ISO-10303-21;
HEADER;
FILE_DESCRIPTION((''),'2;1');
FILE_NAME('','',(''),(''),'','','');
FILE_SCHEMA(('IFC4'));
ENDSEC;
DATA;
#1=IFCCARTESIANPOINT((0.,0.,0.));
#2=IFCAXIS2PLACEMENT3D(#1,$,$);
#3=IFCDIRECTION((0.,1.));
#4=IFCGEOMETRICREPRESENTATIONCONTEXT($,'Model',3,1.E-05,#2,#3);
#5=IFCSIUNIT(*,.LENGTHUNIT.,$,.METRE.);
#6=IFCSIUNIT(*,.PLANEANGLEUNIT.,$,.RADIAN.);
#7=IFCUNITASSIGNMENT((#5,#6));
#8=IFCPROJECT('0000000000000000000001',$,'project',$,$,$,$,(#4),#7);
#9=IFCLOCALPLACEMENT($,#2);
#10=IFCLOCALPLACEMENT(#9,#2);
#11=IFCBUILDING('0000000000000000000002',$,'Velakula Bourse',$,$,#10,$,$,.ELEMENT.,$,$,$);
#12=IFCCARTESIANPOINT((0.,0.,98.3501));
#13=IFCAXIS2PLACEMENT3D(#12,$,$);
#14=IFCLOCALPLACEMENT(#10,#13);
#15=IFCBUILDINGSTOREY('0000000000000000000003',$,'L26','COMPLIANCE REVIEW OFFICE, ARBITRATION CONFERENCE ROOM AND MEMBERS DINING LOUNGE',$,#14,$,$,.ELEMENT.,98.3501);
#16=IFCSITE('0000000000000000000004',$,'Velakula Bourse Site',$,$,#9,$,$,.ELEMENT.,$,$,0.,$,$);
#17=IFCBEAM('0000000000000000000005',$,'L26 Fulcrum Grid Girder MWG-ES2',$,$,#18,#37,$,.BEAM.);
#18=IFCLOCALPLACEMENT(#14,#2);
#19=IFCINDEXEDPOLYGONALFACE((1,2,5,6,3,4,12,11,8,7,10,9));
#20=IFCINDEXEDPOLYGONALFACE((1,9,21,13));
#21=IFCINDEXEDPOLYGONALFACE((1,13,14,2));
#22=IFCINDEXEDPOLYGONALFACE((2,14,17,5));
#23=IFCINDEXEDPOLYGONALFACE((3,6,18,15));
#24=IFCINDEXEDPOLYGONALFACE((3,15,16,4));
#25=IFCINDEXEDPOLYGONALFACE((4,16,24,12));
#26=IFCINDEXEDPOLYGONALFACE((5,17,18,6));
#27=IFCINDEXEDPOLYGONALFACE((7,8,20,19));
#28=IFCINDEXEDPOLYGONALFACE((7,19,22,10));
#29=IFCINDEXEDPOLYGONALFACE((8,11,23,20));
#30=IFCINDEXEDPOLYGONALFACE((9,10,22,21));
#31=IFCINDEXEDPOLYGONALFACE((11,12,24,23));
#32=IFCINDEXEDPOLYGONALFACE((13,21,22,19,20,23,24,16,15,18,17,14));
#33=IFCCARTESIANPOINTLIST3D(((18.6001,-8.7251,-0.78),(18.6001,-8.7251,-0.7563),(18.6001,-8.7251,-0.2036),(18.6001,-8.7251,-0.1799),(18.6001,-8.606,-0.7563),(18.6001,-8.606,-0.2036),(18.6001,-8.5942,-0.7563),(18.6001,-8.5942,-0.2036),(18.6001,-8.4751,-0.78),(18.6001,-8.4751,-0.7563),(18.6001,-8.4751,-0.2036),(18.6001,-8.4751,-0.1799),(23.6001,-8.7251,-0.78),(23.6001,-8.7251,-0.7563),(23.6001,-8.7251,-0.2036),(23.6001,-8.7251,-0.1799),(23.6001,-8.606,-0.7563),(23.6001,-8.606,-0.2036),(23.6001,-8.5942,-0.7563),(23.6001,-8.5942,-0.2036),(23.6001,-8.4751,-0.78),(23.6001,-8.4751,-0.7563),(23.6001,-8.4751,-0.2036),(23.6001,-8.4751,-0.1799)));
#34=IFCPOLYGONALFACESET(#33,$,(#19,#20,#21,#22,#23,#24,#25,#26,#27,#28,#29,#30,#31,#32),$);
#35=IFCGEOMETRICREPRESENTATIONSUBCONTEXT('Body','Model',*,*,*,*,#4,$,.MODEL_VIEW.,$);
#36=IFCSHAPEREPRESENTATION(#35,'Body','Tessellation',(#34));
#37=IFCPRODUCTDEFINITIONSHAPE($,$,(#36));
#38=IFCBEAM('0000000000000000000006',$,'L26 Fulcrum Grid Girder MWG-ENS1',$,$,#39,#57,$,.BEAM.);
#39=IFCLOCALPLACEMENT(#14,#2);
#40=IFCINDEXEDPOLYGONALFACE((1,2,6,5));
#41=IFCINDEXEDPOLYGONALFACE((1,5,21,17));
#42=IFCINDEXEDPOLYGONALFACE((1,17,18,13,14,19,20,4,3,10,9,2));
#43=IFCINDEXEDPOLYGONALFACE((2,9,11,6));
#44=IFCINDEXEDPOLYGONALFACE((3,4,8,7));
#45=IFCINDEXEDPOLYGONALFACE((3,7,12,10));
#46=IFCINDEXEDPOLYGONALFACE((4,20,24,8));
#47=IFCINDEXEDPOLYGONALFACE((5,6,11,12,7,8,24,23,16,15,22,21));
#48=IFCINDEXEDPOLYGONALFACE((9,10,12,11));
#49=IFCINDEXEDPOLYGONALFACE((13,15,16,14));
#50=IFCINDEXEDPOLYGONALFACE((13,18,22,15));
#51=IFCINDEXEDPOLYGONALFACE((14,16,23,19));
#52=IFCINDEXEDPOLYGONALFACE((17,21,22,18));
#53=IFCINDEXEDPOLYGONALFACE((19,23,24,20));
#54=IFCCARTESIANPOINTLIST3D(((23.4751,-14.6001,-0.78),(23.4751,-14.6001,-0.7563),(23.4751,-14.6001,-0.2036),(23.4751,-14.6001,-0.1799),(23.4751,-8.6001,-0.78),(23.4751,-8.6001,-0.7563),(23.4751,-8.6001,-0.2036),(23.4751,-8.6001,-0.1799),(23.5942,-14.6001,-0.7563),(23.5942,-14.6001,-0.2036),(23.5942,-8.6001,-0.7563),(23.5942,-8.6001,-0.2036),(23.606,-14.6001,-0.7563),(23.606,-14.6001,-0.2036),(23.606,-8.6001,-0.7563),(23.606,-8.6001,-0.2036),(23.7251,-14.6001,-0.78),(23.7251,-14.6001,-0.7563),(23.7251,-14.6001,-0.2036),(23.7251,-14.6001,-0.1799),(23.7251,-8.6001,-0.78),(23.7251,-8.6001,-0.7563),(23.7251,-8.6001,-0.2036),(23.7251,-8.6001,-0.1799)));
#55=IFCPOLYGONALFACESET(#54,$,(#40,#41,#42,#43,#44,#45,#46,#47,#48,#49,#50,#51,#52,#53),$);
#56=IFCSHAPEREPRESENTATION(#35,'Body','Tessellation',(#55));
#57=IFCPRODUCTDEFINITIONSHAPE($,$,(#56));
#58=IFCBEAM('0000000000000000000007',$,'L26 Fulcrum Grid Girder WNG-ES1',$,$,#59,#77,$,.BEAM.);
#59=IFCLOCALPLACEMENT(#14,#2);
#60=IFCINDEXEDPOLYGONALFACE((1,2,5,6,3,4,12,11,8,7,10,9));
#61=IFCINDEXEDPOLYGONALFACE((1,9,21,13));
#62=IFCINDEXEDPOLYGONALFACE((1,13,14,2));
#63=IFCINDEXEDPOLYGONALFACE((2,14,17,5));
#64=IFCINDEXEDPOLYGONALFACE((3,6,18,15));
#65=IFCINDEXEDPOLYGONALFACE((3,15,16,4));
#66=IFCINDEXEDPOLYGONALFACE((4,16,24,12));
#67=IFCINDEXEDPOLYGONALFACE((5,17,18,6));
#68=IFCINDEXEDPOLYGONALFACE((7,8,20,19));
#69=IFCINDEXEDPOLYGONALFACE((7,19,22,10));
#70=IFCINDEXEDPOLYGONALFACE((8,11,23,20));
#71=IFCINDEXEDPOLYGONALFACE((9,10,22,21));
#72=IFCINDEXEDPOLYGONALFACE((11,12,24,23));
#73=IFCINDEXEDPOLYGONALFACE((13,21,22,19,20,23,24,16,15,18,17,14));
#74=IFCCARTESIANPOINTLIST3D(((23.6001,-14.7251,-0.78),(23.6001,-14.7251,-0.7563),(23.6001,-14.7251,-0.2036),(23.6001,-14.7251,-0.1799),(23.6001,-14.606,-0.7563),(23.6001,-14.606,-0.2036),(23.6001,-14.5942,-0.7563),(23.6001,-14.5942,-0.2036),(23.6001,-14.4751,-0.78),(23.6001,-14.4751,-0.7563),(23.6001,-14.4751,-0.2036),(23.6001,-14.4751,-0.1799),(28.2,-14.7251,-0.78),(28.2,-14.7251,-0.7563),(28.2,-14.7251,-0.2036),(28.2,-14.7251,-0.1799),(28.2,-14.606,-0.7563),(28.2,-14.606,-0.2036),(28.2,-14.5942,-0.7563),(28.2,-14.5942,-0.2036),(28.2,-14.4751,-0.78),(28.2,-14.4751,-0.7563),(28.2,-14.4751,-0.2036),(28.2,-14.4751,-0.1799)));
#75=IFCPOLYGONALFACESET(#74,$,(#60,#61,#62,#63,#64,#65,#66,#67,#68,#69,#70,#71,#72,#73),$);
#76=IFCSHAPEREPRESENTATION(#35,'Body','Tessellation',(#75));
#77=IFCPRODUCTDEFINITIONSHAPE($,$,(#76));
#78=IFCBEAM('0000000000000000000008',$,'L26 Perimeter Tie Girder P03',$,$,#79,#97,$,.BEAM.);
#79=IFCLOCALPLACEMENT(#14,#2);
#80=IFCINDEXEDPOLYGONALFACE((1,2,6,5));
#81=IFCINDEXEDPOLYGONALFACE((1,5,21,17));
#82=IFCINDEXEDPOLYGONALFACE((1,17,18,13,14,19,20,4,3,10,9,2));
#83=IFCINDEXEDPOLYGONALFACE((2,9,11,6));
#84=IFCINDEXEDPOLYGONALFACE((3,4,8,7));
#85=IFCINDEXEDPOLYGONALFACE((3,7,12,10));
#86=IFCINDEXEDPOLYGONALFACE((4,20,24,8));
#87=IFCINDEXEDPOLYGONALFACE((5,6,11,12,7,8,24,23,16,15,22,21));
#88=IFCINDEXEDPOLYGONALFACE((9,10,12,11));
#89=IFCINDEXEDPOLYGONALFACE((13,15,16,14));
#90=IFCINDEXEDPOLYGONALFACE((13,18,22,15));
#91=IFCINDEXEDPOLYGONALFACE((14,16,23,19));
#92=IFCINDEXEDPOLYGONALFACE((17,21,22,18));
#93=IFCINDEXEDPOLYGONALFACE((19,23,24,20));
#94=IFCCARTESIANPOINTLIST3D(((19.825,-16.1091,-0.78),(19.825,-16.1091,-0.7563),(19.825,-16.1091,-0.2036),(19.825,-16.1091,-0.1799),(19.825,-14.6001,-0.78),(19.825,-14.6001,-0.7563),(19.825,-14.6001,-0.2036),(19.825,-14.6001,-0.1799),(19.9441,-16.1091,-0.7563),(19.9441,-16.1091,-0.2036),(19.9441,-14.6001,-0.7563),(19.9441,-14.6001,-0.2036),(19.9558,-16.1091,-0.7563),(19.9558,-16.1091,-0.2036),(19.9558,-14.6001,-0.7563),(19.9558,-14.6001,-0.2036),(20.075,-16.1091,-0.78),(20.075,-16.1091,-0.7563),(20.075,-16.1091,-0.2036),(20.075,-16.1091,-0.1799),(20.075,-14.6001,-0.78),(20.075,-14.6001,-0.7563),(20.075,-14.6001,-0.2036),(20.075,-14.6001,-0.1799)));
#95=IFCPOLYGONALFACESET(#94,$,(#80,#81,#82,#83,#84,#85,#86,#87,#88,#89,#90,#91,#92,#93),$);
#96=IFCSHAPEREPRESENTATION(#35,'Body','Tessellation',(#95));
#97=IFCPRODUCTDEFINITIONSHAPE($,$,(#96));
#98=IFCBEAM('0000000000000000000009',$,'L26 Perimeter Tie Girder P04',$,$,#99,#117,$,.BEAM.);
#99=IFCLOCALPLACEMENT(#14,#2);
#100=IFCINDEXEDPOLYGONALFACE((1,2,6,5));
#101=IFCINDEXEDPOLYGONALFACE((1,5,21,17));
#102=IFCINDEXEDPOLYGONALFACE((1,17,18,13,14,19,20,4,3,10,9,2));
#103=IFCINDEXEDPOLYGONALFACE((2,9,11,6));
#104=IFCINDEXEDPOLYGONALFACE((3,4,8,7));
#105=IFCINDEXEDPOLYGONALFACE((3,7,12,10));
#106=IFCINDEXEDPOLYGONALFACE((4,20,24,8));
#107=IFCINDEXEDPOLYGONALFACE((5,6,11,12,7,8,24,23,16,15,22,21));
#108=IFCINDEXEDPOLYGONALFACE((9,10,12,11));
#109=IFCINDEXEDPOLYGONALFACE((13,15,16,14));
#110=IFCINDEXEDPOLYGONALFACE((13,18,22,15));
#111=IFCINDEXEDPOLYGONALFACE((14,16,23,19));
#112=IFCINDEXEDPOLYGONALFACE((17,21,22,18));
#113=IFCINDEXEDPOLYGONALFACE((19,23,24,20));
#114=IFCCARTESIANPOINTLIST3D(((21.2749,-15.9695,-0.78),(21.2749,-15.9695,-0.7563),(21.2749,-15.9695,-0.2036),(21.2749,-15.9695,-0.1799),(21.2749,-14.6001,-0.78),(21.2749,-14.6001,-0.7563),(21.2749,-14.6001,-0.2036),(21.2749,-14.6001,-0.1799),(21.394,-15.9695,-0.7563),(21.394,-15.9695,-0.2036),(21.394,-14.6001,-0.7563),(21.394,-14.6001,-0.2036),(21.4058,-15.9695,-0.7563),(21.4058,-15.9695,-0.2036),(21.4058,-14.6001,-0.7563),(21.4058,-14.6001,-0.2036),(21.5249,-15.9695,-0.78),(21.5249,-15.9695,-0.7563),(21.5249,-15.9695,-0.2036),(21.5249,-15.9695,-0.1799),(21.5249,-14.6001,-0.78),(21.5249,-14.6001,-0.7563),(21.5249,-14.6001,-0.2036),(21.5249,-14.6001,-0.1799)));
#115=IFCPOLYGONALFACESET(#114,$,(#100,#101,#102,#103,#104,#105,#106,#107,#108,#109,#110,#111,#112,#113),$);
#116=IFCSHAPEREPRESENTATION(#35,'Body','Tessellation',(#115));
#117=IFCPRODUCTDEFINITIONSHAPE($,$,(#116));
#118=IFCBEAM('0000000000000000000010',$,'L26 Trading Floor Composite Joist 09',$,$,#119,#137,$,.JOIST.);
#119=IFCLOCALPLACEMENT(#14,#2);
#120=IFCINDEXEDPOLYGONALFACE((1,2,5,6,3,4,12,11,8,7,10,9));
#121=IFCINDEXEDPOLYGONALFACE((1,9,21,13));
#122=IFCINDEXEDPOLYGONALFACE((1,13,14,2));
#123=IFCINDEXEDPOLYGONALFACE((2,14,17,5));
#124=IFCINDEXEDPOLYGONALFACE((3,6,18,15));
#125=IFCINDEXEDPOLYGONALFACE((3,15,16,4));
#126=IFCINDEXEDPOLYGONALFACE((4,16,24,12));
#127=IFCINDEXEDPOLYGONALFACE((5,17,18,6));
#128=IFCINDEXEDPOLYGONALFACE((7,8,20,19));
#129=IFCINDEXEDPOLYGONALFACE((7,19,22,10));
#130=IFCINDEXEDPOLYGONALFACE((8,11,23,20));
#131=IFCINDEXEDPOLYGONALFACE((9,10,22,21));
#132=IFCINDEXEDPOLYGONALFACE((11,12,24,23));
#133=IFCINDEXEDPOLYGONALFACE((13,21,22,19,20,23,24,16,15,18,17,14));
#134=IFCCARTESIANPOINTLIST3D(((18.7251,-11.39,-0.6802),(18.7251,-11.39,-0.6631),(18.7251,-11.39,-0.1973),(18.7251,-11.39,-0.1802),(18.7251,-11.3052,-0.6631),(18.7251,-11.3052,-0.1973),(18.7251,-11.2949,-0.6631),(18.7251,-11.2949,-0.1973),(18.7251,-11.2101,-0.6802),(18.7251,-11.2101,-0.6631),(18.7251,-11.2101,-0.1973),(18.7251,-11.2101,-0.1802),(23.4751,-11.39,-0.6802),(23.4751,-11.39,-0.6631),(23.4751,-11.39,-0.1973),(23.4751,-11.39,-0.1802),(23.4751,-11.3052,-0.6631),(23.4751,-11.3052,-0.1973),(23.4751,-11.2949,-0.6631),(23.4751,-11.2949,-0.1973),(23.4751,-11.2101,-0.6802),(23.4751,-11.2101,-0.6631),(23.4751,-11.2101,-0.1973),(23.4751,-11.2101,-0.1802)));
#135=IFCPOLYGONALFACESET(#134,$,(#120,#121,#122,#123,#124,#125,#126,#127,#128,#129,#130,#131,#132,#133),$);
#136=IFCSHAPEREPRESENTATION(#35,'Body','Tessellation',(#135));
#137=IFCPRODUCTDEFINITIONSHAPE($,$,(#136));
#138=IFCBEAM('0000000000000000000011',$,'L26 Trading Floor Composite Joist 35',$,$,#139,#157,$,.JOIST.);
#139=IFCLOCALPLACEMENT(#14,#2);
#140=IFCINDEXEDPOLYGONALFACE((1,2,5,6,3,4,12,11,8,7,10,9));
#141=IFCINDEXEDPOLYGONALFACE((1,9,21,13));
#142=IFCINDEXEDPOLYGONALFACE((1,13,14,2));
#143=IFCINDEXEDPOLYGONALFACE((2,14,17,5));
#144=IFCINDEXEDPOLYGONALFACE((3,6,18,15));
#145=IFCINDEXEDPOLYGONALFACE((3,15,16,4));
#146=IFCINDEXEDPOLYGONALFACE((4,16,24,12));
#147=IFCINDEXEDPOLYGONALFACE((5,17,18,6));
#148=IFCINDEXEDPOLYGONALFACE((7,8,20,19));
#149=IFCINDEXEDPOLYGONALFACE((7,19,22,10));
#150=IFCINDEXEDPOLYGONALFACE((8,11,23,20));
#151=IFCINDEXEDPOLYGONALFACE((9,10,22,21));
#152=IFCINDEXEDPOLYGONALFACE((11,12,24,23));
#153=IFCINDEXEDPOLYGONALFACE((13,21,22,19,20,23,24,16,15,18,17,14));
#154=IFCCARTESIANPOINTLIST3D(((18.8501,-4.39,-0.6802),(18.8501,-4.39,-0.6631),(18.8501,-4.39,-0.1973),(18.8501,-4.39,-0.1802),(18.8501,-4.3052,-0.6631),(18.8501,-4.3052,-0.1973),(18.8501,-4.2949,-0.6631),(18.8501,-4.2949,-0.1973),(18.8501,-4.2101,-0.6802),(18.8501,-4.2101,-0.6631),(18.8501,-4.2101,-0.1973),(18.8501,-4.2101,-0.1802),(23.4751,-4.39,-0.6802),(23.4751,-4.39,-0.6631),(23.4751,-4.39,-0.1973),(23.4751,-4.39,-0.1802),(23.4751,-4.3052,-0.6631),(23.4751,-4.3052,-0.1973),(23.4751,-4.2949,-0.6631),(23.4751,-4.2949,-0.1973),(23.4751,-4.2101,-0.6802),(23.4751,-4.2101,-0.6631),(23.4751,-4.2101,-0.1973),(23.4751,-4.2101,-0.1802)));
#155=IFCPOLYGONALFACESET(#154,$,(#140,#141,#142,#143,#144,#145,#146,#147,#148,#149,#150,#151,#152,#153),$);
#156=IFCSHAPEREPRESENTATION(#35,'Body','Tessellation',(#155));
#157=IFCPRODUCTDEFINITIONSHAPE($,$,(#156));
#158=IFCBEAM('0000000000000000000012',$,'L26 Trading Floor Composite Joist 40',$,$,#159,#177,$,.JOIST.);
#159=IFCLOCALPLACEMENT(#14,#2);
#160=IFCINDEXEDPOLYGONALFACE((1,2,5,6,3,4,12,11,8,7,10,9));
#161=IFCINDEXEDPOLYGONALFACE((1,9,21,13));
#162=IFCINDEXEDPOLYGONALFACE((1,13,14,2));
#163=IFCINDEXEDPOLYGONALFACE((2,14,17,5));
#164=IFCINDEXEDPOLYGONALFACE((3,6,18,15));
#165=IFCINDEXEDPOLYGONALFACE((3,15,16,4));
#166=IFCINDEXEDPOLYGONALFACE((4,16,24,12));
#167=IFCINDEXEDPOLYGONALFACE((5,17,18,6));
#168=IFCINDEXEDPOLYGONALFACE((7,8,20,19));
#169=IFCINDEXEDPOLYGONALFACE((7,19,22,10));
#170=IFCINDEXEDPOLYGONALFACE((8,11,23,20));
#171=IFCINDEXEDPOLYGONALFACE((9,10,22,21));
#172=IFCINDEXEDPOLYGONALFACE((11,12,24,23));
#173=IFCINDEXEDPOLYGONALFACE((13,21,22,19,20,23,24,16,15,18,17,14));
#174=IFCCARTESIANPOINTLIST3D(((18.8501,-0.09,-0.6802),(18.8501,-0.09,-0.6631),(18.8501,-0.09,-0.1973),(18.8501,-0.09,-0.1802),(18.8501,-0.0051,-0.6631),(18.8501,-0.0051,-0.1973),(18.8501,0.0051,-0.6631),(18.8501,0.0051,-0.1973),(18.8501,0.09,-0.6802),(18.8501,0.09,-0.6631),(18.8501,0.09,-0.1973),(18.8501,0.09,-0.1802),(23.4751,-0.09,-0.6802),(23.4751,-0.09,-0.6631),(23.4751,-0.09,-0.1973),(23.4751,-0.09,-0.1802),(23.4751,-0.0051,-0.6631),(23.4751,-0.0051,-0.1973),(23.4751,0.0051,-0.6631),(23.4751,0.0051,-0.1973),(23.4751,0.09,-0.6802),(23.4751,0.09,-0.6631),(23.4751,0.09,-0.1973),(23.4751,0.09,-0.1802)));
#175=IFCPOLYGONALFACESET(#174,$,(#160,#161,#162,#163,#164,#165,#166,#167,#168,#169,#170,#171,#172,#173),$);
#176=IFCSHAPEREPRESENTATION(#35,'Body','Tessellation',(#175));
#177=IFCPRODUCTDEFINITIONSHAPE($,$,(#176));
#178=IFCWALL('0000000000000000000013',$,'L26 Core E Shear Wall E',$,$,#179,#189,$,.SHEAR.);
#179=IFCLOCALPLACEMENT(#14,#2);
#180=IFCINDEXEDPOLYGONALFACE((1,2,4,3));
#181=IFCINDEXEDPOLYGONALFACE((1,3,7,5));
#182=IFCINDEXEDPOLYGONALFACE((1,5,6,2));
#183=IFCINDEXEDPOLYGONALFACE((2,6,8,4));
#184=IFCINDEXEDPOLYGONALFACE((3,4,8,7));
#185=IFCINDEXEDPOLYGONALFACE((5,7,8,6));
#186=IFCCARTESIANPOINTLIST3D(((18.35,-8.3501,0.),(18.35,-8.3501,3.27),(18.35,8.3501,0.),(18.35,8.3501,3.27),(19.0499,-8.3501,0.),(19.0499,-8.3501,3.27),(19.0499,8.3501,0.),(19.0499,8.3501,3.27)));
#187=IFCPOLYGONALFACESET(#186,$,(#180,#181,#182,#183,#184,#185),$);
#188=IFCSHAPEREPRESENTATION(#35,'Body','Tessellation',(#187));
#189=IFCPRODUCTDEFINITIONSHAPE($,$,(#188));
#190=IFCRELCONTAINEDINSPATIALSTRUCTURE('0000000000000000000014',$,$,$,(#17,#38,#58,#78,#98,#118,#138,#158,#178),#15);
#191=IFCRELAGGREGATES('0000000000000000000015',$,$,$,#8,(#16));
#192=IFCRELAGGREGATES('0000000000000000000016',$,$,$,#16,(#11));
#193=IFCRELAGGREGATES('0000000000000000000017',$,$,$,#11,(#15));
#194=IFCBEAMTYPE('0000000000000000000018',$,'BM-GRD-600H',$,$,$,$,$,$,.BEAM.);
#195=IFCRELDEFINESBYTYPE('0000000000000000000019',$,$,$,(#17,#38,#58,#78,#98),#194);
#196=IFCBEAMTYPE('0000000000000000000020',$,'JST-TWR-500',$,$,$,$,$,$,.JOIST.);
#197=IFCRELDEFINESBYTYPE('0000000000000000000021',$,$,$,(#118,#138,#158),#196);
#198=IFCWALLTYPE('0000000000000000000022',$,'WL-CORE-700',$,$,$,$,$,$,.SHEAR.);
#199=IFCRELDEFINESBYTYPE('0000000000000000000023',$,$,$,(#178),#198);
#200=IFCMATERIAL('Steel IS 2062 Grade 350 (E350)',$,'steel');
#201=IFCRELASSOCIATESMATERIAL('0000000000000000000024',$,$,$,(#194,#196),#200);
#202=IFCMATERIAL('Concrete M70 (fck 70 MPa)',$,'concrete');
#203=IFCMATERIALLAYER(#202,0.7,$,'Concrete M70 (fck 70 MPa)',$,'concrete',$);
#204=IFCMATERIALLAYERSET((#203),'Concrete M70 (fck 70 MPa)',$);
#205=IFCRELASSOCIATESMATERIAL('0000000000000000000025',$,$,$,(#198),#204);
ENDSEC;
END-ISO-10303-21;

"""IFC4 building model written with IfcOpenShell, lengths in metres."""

from ifc_helpers import new_model, si_unit, direction, frame, frame_2d, origin, origin_2d, place, context, subcontext, project, spatial, rectangle, i_section, extrude, material, layer, layer_set, material_profile, profile_set, type_object, element, save


model = new_model("IFC4")

# Units and contexts
model_context = context("Model", 3, precision=1e-05, world=origin(), true_north=direction((0.0, 1.0)))
body_context = subcontext(model_context, "Body", "Model", "MODEL_VIEW")
ifc_project = project(units=[si_unit("LENGTHUNIT", "METRE"), si_unit("PLANEANGLEUNIT", "RADIAN")], contexts=[model_context])

# Site, building, storey
site_placement = place(None, origin())
site = spatial("IfcSite", under=ifc_project, at=site_placement, Name="Velakula Bourse Site", CompositionType="ELEMENT", RefElevation=0.0)
building_placement = place(site_placement, origin())
building = spatial("IfcBuilding", under=site, at=building_placement, Name="Velakula Bourse", CompositionType="ELEMENT")
storey_placement = place(building_placement, frame((0.0, 0.0, 98.3501)))
storey = spatial("IfcBuildingStorey", under=building, at=storey_placement, Name="L26", Description="COMPLIANCE REVIEW OFFICE, ARBITRATION CONFERENCE ROOM AND MEMBERS DINING LOUNGE", CompositionType="ELEMENT", Elevation=98.3501)

# Beams
ifc_material_1 = material(Name="Steel IS 2062 Grade 350 (E350)", Category="steel")
ifc_material_profile_1 = material_profile(ifc_material_1, i_section(OverallWidth=0.25, OverallDepth=0.6001, WebThickness=0.0117, FlangeThickness=0.0237, at=origin_2d()), Name="Steel IS 2062 Grade 350 (E350)")
ifc_profile_set_1 = profile_set([ifc_material_profile_1], Name="Steel IS 2062 Grade 350 (E350)")
beam_type_1 = type_object("IfcBeamType", Name="BM-GRD-600H", PredefinedType="BEAM", material=ifc_profile_set_1)
beam_1_placement = place(storey_placement, frame((18.6001, -8.6001, -0.48), z_axis=(1.0, 0.0, 0.0), x_axis=(0.0, 1.0, 0.0)))
element("IfcBeam", 1, at=beam_1_placement, inside=storey, type_object=beam_type_1, Name="L26 Fulcrum Grid Girder MWG-ES2", PredefinedType="BEAM", context=body_context, shape_type="SweptSolid", body=[
    extrude(i_section(OverallWidth=0.25, OverallDepth=0.6001, WebThickness=0.0117, FlangeThickness=0.0237, at=origin_2d()), origin(), (0.0, 0.0, 1.0), 5.0),
])
beam_2_placement = place(storey_placement, frame((23.6001, -14.6001, -0.48), z_axis=(0.0, 1.0, 0.0), x_axis=(-1.0, 0.0, 0.0)))
element("IfcBeam", 2, at=beam_2_placement, inside=storey, type_object=beam_type_1, Name="L26 Fulcrum Grid Girder MWG-ENS1", PredefinedType="BEAM", context=body_context, shape_type="SweptSolid", body=[
    extrude(i_section(OverallWidth=0.25, OverallDepth=0.6001, WebThickness=0.0117, FlangeThickness=0.0237, at=origin_2d()), origin(), (0.0, 0.0, 1.0), 6.0),
])
beam_3_placement = place(storey_placement, frame((23.6001, -14.6001, -0.48), z_axis=(1.0, 0.0, 0.0), x_axis=(0.0, 1.0, 0.0)))
element("IfcBeam", 3, at=beam_3_placement, inside=storey, type_object=beam_type_1, Name="L26 Fulcrum Grid Girder WNG-ES1", PredefinedType="BEAM", context=body_context, shape_type="SweptSolid", body=[
    extrude(i_section(OverallWidth=0.25, OverallDepth=0.6001, WebThickness=0.0117, FlangeThickness=0.0237, at=origin_2d()), origin(), (0.0, 0.0, 1.0), 4.5999),
])
beam_4_placement = place(storey_placement, frame((19.95, -14.6001, -0.48), z_axis=(0.0, -1.0, 0.0), x_axis=(1.0, 0.0, 0.0)))
element("IfcBeam", 4, at=beam_4_placement, inside=storey, type_object=beam_type_1, Name="L26 Perimeter Tie Girder P03", PredefinedType="BEAM", context=body_context, shape_type="SweptSolid", body=[
    extrude(i_section(OverallWidth=0.25, OverallDepth=0.6001, WebThickness=0.0117, FlangeThickness=0.0237, at=origin_2d()), origin(), (0.0, 0.0, 1.0), 1.509),
])
beam_5_placement = place(storey_placement, frame((21.3999, -14.6001, -0.48), z_axis=(0.0, -1.0, 0.0), x_axis=(1.0, 0.0, 0.0)))
element("IfcBeam", 5, at=beam_5_placement, inside=storey, type_object=beam_type_1, Name="L26 Perimeter Tie Girder P04", PredefinedType="BEAM", context=body_context, shape_type="SweptSolid", body=[
    extrude(i_section(OverallWidth=0.25, OverallDepth=0.6001, WebThickness=0.0117, FlangeThickness=0.0237, at=origin_2d()), origin(), (0.0, 0.0, 1.0), 1.3694),
])
ifc_material_profile_2 = material_profile(ifc_material_1, i_section(OverallWidth=0.1799, OverallDepth=0.5, WebThickness=0.0103, FlangeThickness=0.0171, at=origin_2d()), Name="Steel IS 2062 Grade 350 (E350)")
ifc_profile_set_2 = profile_set([ifc_material_profile_2], Name="Steel IS 2062 Grade 350 (E350)")
beam_type_2 = type_object("IfcBeamType", Name="JST-TWR-500", PredefinedType="JOIST", material=ifc_profile_set_2)
beam_6_placement = place(storey_placement, frame((18.7251, -11.3, -0.4302), z_axis=(1.0, 0.0, 0.0), x_axis=(0.0, 1.0, 0.0)))
element("IfcBeam", 6, at=beam_6_placement, inside=storey, type_object=beam_type_2, Name="L26 Trading Floor Composite Joist 09", PredefinedType="JOIST", context=body_context, shape_type="SweptSolid", body=[
    extrude(i_section(OverallWidth=0.1799, OverallDepth=0.5, WebThickness=0.0103, FlangeThickness=0.0171, at=origin_2d()), origin(), (0.0, 0.0, 1.0), 4.75),
])
for number, where, z_axis, x_axis, name in (
    (7, (18.8501, -4.3, -0.4302), (1.0, 0.0, 0.0), (0.0, 1.0, 0.0), "L26 Trading Floor Composite Joist 35"),
    (8, (18.8501, 0.0, -0.4302), (1.0, 0.0, 0.0), (0.0, 1.0, 0.0), "L26 Trading Floor Composite Joist 40"),
):
    element("IfcBeam", number, at=place(storey_placement, frame(where, z_axis=z_axis, x_axis=x_axis)), inside=storey, type_object=beam_type_2, Name=name, PredefinedType="JOIST", context=body_context, shape_type="SweptSolid", body=[
        extrude(i_section(OverallWidth=0.1799, OverallDepth=0.5, WebThickness=0.0103, FlangeThickness=0.0171, at=origin_2d()), origin(), (0.0, 0.0, 1.0), 4.625),
    ])

# Wall
ifc_material_2 = material(Name="Concrete M70 (fck 70 MPa)", Category="concrete")
ifc_layer_1 = layer(ifc_material_2, 0.7, Name="Concrete M70 (fck 70 MPa)", Category="concrete")
ifc_layer_set_1 = layer_set([ifc_layer_1], Name="Concrete M70 (fck 70 MPa)")
wall_type_1 = type_object("IfcWallType", Name="WL-CORE-700", PredefinedType="SHEAR", material=ifc_layer_set_1)
wall_1_placement = place(storey_placement, frame((18.7, -8.3501, 0.0), z_axis=(0.0, 0.0, 1.0), x_axis=(0.0, 1.0, 0.0)))
element("IfcWall", 9, at=wall_1_placement, inside=storey, type_object=wall_type_1, Name="L26 Core E Shear Wall E", PredefinedType="SHEAR", context=body_context, shape_type="SweptSolid", body=[
    extrude(rectangle(XDim=16.7002, YDim=0.7, at=frame_2d((8.3501, 0.0))), origin(), (0.0, 0.0, 1.0), 3.27),
])

save(model, "model.ifc")
